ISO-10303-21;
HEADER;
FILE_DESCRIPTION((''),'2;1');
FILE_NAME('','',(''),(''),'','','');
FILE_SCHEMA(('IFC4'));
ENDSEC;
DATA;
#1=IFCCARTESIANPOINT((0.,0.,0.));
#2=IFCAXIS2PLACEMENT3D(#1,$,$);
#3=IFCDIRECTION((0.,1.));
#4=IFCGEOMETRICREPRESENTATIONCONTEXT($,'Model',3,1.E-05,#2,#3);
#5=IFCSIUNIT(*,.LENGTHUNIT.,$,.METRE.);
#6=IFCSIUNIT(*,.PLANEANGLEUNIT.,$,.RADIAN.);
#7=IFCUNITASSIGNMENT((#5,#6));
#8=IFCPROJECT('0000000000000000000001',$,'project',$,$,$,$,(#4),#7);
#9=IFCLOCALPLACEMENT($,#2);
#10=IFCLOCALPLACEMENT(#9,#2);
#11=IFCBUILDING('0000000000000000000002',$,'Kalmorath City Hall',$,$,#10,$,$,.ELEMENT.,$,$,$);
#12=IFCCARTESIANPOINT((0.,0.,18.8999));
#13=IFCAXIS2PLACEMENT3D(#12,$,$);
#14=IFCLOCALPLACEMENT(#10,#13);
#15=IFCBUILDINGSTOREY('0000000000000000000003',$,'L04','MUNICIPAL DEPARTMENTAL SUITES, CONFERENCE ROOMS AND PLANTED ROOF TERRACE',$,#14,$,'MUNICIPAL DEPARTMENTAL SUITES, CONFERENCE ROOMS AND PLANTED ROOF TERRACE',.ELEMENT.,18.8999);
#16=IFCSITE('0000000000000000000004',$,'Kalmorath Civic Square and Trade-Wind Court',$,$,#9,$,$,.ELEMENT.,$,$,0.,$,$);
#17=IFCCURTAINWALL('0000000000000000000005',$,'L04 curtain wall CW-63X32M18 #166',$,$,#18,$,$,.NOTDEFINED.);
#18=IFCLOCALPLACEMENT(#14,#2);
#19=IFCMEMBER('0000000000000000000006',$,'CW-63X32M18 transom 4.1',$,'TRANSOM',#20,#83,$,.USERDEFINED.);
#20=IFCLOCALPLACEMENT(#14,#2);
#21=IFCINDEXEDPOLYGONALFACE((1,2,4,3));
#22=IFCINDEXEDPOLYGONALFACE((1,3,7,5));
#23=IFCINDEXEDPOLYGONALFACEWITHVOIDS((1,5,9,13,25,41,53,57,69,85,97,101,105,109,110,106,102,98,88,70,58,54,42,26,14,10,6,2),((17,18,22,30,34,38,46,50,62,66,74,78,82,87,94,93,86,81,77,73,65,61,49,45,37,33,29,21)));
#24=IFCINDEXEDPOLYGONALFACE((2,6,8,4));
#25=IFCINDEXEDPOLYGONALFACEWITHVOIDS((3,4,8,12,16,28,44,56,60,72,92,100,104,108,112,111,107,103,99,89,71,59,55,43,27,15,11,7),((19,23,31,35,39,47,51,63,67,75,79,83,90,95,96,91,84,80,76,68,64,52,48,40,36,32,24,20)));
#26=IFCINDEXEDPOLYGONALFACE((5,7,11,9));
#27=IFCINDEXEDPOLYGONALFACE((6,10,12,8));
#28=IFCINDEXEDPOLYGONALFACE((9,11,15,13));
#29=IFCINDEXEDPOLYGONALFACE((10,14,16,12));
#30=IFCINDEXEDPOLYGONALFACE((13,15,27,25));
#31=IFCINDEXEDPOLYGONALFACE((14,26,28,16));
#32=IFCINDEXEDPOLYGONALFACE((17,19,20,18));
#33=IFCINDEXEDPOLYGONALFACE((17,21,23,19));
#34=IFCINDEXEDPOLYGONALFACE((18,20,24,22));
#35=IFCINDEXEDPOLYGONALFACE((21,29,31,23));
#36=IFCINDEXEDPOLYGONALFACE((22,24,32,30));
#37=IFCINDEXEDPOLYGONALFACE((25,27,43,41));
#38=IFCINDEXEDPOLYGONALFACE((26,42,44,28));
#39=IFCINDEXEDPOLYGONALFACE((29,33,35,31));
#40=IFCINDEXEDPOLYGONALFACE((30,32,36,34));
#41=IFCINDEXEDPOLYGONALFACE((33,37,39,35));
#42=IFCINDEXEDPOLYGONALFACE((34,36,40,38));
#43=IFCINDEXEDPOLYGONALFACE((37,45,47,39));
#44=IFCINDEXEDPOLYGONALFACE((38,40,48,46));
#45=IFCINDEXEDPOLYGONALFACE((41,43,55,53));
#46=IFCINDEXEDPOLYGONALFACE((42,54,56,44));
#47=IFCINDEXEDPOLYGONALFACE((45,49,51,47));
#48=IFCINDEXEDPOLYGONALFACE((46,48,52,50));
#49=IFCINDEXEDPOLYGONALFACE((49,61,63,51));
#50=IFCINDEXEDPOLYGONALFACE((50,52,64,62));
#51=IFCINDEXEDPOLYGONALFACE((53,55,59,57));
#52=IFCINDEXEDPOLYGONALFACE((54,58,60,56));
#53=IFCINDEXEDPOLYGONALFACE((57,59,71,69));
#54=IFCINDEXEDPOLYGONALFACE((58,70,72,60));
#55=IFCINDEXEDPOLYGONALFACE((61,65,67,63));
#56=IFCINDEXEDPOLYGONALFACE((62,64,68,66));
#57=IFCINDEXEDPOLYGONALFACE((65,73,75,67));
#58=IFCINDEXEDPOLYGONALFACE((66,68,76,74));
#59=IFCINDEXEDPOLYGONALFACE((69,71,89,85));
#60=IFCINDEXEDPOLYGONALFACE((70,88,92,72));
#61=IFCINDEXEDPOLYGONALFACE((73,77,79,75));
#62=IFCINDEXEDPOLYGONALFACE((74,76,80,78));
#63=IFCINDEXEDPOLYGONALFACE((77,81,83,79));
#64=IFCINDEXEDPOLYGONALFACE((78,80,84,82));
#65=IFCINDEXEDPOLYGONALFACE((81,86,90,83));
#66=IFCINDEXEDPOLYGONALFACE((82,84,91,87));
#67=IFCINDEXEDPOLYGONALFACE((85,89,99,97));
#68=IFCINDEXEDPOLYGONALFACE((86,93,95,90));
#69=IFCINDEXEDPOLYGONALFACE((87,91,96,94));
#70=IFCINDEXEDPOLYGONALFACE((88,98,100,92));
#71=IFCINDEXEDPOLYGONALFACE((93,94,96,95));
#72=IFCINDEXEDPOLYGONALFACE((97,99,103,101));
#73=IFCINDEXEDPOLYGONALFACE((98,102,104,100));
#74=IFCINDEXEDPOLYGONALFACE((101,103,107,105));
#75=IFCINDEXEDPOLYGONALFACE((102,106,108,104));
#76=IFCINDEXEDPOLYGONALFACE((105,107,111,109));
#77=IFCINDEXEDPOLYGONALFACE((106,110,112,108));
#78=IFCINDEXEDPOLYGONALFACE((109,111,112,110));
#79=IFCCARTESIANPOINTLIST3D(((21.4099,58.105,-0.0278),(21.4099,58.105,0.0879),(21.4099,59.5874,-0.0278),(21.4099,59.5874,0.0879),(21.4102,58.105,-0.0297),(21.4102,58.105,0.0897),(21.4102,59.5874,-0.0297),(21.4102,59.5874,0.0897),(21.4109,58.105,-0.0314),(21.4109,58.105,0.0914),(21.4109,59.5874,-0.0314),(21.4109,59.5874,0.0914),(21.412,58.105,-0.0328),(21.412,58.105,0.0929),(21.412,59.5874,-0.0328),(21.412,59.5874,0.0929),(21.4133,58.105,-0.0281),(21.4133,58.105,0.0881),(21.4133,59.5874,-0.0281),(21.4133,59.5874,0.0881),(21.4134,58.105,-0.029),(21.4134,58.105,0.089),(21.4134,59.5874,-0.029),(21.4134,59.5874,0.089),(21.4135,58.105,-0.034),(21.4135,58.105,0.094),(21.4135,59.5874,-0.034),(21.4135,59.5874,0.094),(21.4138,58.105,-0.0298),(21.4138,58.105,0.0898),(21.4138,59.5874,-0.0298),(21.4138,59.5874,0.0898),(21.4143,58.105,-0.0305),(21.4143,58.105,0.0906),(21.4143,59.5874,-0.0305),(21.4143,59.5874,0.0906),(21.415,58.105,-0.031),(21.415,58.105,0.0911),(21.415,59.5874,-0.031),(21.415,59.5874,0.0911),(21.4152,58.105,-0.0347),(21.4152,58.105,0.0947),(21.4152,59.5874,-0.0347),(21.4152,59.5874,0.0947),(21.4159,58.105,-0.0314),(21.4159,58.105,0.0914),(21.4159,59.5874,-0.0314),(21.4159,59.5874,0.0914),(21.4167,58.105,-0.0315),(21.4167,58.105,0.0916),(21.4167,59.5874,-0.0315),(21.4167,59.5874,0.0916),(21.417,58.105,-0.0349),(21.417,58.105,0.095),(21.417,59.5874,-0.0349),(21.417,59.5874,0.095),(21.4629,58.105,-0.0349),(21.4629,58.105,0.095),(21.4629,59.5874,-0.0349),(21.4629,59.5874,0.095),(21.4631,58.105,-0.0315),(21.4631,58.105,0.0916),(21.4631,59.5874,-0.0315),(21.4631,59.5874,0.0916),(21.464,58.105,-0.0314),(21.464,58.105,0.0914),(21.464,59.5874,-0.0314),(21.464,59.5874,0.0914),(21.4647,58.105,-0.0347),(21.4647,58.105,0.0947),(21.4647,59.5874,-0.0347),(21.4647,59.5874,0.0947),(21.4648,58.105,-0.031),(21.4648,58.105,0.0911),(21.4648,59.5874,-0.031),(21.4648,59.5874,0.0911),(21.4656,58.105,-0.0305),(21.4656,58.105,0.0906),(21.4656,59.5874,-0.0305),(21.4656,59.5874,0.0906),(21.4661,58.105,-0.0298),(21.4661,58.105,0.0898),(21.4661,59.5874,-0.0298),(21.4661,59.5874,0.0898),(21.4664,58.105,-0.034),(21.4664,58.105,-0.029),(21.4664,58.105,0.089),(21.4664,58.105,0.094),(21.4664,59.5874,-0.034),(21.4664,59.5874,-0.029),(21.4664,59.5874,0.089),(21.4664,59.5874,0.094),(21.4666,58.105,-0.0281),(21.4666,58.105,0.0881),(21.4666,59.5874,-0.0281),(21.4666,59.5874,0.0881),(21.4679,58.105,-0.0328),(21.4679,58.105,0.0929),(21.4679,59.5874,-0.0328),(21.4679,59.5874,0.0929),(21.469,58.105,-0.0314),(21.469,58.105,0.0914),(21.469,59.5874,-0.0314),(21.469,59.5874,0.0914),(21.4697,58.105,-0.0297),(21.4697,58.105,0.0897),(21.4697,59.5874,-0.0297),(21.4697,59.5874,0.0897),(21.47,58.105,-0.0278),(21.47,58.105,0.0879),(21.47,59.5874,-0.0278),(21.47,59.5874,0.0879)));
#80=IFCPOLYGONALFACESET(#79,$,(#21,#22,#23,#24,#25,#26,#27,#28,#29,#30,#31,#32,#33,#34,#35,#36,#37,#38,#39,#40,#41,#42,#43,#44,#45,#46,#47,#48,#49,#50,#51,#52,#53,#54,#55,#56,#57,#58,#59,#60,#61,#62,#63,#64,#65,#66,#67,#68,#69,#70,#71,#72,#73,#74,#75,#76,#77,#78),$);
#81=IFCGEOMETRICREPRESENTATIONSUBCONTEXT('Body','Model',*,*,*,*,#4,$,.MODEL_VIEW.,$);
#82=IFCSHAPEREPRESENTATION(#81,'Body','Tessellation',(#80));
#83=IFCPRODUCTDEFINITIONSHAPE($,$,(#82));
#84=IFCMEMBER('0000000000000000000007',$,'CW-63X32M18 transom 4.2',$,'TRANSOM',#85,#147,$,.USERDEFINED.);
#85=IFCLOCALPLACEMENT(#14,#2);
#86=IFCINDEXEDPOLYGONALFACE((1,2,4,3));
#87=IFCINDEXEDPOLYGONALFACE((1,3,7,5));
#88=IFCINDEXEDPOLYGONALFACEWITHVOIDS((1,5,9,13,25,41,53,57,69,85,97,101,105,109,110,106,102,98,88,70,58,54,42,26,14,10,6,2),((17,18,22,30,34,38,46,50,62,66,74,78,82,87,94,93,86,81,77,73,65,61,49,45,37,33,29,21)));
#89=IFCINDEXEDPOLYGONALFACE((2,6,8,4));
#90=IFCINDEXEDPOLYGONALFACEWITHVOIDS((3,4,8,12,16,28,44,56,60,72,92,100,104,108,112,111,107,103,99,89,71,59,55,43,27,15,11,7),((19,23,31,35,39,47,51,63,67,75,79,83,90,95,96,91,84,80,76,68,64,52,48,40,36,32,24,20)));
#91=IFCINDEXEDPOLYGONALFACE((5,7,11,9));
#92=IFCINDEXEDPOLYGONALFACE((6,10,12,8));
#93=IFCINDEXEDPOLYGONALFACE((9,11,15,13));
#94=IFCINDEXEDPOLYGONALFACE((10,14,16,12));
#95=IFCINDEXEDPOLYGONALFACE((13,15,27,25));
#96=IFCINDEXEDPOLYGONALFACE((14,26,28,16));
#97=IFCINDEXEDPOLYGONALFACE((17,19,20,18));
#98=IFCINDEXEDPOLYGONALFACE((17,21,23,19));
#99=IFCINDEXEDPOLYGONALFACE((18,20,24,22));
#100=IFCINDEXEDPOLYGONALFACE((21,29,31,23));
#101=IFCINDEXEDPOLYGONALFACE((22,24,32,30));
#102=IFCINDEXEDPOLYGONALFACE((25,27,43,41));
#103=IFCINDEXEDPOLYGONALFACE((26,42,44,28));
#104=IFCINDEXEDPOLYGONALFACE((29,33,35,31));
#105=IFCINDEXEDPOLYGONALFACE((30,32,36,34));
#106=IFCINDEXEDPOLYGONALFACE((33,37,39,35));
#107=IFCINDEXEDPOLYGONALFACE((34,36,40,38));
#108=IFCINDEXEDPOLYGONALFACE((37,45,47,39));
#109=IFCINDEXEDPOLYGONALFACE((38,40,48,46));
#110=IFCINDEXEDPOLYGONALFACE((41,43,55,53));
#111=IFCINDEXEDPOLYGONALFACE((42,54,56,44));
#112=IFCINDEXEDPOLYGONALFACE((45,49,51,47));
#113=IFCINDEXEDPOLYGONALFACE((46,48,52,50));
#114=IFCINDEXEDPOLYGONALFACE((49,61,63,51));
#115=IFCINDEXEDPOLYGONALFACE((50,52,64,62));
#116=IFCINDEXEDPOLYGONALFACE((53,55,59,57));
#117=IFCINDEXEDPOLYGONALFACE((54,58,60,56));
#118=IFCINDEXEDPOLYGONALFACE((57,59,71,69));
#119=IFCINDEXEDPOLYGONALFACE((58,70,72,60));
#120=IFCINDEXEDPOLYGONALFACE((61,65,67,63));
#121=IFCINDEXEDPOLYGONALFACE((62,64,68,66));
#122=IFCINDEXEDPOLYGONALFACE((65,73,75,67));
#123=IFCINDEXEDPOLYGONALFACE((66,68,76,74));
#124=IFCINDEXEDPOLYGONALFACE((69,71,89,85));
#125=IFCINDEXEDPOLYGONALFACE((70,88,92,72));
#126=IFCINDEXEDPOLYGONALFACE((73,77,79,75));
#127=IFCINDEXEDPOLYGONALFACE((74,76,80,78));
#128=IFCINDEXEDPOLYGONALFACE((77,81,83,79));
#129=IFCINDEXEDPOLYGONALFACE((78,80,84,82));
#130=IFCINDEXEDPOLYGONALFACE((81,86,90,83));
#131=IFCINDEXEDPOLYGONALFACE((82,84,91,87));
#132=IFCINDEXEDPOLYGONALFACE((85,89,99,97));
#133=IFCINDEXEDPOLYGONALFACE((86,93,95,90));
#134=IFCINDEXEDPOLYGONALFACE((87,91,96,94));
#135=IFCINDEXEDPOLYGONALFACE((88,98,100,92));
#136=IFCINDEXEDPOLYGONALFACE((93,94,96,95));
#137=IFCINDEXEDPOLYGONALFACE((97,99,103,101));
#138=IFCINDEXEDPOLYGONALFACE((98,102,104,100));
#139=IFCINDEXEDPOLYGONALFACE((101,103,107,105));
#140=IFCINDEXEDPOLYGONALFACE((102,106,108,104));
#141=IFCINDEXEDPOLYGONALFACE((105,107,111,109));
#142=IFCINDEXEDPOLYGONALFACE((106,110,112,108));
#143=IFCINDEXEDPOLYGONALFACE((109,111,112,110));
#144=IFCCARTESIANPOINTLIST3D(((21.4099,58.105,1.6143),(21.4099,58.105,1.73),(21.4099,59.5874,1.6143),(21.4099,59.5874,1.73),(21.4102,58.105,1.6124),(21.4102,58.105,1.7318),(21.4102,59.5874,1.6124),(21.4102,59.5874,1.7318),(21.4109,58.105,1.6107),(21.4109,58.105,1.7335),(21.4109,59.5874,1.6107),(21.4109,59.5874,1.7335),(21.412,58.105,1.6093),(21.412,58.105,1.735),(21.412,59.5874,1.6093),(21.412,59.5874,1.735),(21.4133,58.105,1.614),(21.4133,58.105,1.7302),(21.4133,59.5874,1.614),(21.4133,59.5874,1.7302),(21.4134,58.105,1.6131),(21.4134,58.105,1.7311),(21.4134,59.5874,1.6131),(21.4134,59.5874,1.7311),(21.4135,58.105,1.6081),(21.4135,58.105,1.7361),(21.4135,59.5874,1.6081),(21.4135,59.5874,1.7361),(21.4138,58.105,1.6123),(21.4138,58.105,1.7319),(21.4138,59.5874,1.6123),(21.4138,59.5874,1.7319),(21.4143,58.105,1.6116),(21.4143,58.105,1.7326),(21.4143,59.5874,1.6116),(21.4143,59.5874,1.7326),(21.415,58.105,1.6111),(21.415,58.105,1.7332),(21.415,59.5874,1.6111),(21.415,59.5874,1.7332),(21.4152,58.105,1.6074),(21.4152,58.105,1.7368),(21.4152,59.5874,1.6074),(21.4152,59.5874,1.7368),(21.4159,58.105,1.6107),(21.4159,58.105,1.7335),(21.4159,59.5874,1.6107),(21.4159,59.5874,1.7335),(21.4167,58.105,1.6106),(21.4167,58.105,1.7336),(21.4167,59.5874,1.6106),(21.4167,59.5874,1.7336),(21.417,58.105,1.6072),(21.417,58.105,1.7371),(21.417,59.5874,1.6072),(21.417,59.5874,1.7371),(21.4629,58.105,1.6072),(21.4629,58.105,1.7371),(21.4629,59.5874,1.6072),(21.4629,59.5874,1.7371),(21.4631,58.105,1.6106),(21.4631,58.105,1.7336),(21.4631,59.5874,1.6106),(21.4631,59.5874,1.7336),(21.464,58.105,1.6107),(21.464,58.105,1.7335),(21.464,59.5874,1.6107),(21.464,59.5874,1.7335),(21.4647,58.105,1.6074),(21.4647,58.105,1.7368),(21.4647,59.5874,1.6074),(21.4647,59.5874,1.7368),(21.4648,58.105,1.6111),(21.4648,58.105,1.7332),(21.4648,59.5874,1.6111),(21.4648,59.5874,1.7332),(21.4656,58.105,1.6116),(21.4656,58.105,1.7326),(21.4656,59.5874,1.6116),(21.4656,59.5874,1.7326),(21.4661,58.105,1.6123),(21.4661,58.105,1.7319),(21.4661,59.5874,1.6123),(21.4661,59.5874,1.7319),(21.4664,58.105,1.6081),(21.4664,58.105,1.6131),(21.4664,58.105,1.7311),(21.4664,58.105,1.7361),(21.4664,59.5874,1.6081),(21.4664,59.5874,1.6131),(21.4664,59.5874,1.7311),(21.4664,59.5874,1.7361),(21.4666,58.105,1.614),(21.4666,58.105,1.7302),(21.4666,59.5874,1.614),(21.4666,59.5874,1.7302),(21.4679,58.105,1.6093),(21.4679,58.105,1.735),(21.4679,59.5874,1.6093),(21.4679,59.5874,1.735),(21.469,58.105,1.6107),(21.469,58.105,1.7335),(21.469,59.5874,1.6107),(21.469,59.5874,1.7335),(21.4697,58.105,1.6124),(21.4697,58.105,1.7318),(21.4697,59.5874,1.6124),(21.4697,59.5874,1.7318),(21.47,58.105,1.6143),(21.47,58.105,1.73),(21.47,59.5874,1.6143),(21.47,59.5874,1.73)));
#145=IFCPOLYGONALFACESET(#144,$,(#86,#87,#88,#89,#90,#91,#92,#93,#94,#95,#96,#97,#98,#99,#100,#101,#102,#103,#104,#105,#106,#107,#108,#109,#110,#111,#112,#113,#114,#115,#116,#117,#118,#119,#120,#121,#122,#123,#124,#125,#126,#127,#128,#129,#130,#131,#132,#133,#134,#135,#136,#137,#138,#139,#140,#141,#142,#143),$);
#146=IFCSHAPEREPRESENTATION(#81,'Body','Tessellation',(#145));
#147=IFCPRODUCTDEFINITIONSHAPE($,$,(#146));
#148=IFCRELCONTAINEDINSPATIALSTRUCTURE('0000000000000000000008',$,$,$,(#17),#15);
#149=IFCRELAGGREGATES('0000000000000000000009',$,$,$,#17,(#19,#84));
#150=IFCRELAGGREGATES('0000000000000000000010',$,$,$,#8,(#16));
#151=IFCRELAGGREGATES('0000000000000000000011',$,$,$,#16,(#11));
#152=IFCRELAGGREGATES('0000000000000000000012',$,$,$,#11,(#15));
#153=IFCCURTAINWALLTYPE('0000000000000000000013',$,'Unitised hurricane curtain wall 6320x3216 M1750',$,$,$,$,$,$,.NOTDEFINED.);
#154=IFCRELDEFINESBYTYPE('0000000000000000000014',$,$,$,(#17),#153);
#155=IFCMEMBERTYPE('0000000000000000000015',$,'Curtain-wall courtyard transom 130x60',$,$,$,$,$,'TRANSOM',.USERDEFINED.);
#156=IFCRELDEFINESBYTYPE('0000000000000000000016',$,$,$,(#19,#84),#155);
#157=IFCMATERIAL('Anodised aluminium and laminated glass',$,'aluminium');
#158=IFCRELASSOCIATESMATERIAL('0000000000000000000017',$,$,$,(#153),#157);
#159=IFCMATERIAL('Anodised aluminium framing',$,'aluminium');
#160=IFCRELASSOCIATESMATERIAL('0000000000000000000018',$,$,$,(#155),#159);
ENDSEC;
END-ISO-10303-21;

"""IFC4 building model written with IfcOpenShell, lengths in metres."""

from ifc_helpers import new_model, si_unit, direction, frame, origin, origin_2d, place, context, subcontext, project, spatial, hollow_rectangle, extrude, material, material_profile, profile_set, type_object, element, aggregate, save


model = new_model("IFC4")

# Units and contexts
model_context = context("Model", 3, precision=1e-05, world=origin(), true_north=direction((0.0, 1.0)))
body_context = subcontext(model_context, "Body", "Model", "MODEL_VIEW")
ifc_project = project(units=[si_unit("LENGTHUNIT", "METRE"), si_unit("PLANEANGLEUNIT", "RADIAN")], contexts=[model_context])

# Site, building, storey
site_placement = place(None, origin())
site = spatial("IfcSite", under=ifc_project, at=site_placement, Name="Kalmorath Civic Square and Trade-Wind Court", CompositionType="ELEMENT", RefElevation=0.0)
building_placement = place(site_placement, origin())
building = spatial("IfcBuilding", under=site, at=building_placement, Name="Kalmorath City Hall", CompositionType="ELEMENT")
storey_placement = place(building_placement, frame((0.0, 0.0, 18.8999)))
storey = spatial("IfcBuildingStorey", under=building, at=storey_placement, Name="L04", Description="MUNICIPAL DEPARTMENTAL SUITES, CONFERENCE ROOMS AND PLANTED ROOF TERRACE", LongName="MUNICIPAL DEPARTMENTAL SUITES, CONFERENCE ROOMS AND PLANTED ROOF TERRACE", CompositionType="ELEMENT", Elevation=18.8999)

# Curtain wall, members
ifc_material_1 = material(Name="Anodised aluminium and laminated glass", Category="aluminium")
curtain_wall_type = type_object("IfcCurtainWallType", Name="Unitised hurricane curtain wall 6320x3216 M1750", PredefinedType="NOTDEFINED", material=ifc_material_1)
curtain_wall_1_placement = place(storey_placement, origin())
curtain_wall_1 = element("IfcCurtainWall", 1, at=curtain_wall_1_placement, inside=storey, type_object=curtain_wall_type, Name="L04 curtain wall CW-63X32M18 #166", PredefinedType="NOTDEFINED")
ifc_material_2 = material(Name="Anodised aluminium framing", Category="aluminium")
ifc_material_profile_1 = material_profile(ifc_material_2, hollow_rectangle(XDim=0.0601, YDim=0.1299, WallThickness=0.0034, InnerFilletRadius=0.0034, OuterFilletRadius=0.0071, at=origin_2d()), Name="ALU-TRN-130X60X3.5")
ifc_profile_set_1 = profile_set([ifc_material_profile_1], Name="Anodised aluminium framing")
member_type_1 = type_object("IfcMemberType", Name="Curtain-wall courtyard transom 130x60", ElementType="TRANSOM", PredefinedType="USERDEFINED", material=ifc_profile_set_1)
member_1_placement = place(storey_placement, frame((21.4399, 59.5874, 0.03), z_axis=(0.0, -1.0, 0.0), x_axis=(1.0, 0.0, 0.0)))
member_1 = element("IfcMember", 2, at=member_1_placement, type_object=member_type_1, Name="CW-63X32M18 transom 4.1", ObjectType="TRANSOM", PredefinedType="USERDEFINED", context=body_context, shape_type="SweptSolid", body=[
    extrude(hollow_rectangle(XDim=0.0601, YDim=0.1299, WallThickness=0.0034, InnerFilletRadius=0.0034, OuterFilletRadius=0.0071, at=origin_2d()), origin(), (0.0, 0.0, 1.0), 1.4824),
])
member_2_placement = place(storey_placement, frame((21.4399, 59.5874, 1.6721), z_axis=(0.0, -1.0, 0.0), x_axis=(1.0, 0.0, 0.0)))
member_2 = element("IfcMember", 3, at=member_2_placement, type_object=member_type_1, Name="CW-63X32M18 transom 4.2", ObjectType="TRANSOM", PredefinedType="USERDEFINED", context=body_context, shape_type="SweptSolid", body=[
    extrude(hollow_rectangle(XDim=0.0601, YDim=0.1299, WallThickness=0.0034, InnerFilletRadius=0.0034, OuterFilletRadius=0.0071, at=origin_2d()), origin(), (0.0, 0.0, 1.0), 1.4824),
])

aggregate(curtain_wall_1, [member_1, member_2])

save(model, "model.ifc")
